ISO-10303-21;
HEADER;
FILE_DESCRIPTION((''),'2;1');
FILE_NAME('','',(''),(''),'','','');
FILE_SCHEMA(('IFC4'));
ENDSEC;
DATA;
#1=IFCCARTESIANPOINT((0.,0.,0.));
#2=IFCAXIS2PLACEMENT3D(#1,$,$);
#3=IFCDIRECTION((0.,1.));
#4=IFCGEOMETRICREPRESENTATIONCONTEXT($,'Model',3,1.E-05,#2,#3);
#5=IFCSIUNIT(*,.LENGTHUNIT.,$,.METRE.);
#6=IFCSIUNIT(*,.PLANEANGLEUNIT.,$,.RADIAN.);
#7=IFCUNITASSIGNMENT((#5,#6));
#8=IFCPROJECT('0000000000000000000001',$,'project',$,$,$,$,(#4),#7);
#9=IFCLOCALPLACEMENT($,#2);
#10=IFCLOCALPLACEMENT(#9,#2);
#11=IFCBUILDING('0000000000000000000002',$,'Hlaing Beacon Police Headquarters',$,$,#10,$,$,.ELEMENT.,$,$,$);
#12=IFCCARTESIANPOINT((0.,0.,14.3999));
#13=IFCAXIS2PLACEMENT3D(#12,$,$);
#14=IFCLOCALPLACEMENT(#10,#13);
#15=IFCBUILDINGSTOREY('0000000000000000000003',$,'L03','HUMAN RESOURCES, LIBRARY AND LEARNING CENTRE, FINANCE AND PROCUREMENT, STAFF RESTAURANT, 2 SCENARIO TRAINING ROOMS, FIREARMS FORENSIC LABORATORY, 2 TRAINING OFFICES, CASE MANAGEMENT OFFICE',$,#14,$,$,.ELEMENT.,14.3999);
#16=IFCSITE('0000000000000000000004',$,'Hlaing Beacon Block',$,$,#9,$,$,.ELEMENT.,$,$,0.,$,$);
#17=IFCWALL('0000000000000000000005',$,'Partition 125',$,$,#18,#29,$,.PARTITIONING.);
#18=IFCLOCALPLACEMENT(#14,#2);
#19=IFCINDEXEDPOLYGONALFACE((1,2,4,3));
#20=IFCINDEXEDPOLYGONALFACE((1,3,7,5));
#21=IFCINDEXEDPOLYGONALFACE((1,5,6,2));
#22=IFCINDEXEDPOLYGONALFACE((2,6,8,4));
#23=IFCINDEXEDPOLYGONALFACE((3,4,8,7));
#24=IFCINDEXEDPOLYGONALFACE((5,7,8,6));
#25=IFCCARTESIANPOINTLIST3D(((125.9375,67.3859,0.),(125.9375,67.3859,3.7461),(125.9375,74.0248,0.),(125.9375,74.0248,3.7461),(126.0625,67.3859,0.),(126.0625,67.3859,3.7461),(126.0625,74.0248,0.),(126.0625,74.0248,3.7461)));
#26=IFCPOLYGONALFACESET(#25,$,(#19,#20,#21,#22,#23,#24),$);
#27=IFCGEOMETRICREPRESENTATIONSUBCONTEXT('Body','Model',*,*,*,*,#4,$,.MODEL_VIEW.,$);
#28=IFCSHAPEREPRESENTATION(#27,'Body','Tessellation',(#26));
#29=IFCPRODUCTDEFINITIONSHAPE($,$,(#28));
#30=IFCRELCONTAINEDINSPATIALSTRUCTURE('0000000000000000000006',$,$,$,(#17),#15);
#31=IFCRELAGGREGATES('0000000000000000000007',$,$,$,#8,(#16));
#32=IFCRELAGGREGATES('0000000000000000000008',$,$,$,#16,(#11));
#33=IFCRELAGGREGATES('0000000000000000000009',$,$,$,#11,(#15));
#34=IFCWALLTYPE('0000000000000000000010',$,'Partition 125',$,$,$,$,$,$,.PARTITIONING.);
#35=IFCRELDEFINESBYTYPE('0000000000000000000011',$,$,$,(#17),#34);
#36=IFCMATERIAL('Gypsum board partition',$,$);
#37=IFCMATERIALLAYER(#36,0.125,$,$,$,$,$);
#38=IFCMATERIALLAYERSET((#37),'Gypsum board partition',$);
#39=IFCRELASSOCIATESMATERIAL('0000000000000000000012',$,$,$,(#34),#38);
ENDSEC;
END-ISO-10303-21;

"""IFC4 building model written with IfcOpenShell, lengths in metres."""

from ifc_helpers import new_model, si_unit, direction, frame, frame_2d, origin, place, context, subcontext, project, spatial, rectangle, extrude, material, layer, layer_set, type_object, element, save


model = new_model("IFC4")

# Units and contexts
model_context = context("Model", 3, precision=1e-05, world=origin(), true_north=direction((0.0, 1.0)))
body_context = subcontext(model_context, "Body", "Model", "MODEL_VIEW")
ifc_project = project(units=[si_unit("LENGTHUNIT", "METRE"), si_unit("PLANEANGLEUNIT", "RADIAN")], contexts=[model_context])

# Site, building, storey
site_placement = place(None, origin())
site = spatial("IfcSite", under=ifc_project, at=site_placement, Name="Hlaing Beacon Block", CompositionType="ELEMENT", RefElevation=0.0)
building_placement = place(site_placement, origin())
building = spatial("IfcBuilding", under=site, at=building_placement, Name="Hlaing Beacon Police Headquarters", CompositionType="ELEMENT")
storey_placement = place(building_placement, frame((0.0, 0.0, 14.3999)))
storey = spatial("IfcBuildingStorey", under=building, at=storey_placement, Name="L03", Description="HUMAN RESOURCES, LIBRARY AND LEARNING CENTRE, FINANCE AND PROCUREMENT, STAFF RESTAURANT, 2 SCENARIO TRAINING ROOMS, FIREARMS FORENSIC LABORATORY, 2 TRAINING OFFICES, CASE MANAGEMENT OFFICE", CompositionType="ELEMENT", Elevation=14.3999)

# Shared definitions
ifc_material_1 = material(Name="Gypsum board partition")
ifc_layer_1 = layer(ifc_material_1, 0.125)
ifc_layer_set_1 = layer_set([ifc_layer_1], Name="Gypsum board partition")
wall_type_1 = type_object("IfcWallType", Name="Partition 125", PredefinedType="PARTITIONING", material=ifc_layer_set_1)

# Wall
wall_1_placement = place(storey_placement, frame((126.0, 67.386, 0.0), z_axis=(0.0, 0.0, 1.0), x_axis=(0.0, 1.0, 0.0)))
element("IfcWall", 1, at=wall_1_placement, inside=storey, type_object=wall_type_1, Name="Partition 125", PredefinedType="PARTITIONING", context=body_context, shape_type="SweptSolid", body=[
    extrude(rectangle(XDim=6.6389, YDim=0.125, at=frame_2d((3.3193, 0.0))), origin(), (0.0, 0.0, 1.0), 3.7461),
])

save(model, "model.ifc")
